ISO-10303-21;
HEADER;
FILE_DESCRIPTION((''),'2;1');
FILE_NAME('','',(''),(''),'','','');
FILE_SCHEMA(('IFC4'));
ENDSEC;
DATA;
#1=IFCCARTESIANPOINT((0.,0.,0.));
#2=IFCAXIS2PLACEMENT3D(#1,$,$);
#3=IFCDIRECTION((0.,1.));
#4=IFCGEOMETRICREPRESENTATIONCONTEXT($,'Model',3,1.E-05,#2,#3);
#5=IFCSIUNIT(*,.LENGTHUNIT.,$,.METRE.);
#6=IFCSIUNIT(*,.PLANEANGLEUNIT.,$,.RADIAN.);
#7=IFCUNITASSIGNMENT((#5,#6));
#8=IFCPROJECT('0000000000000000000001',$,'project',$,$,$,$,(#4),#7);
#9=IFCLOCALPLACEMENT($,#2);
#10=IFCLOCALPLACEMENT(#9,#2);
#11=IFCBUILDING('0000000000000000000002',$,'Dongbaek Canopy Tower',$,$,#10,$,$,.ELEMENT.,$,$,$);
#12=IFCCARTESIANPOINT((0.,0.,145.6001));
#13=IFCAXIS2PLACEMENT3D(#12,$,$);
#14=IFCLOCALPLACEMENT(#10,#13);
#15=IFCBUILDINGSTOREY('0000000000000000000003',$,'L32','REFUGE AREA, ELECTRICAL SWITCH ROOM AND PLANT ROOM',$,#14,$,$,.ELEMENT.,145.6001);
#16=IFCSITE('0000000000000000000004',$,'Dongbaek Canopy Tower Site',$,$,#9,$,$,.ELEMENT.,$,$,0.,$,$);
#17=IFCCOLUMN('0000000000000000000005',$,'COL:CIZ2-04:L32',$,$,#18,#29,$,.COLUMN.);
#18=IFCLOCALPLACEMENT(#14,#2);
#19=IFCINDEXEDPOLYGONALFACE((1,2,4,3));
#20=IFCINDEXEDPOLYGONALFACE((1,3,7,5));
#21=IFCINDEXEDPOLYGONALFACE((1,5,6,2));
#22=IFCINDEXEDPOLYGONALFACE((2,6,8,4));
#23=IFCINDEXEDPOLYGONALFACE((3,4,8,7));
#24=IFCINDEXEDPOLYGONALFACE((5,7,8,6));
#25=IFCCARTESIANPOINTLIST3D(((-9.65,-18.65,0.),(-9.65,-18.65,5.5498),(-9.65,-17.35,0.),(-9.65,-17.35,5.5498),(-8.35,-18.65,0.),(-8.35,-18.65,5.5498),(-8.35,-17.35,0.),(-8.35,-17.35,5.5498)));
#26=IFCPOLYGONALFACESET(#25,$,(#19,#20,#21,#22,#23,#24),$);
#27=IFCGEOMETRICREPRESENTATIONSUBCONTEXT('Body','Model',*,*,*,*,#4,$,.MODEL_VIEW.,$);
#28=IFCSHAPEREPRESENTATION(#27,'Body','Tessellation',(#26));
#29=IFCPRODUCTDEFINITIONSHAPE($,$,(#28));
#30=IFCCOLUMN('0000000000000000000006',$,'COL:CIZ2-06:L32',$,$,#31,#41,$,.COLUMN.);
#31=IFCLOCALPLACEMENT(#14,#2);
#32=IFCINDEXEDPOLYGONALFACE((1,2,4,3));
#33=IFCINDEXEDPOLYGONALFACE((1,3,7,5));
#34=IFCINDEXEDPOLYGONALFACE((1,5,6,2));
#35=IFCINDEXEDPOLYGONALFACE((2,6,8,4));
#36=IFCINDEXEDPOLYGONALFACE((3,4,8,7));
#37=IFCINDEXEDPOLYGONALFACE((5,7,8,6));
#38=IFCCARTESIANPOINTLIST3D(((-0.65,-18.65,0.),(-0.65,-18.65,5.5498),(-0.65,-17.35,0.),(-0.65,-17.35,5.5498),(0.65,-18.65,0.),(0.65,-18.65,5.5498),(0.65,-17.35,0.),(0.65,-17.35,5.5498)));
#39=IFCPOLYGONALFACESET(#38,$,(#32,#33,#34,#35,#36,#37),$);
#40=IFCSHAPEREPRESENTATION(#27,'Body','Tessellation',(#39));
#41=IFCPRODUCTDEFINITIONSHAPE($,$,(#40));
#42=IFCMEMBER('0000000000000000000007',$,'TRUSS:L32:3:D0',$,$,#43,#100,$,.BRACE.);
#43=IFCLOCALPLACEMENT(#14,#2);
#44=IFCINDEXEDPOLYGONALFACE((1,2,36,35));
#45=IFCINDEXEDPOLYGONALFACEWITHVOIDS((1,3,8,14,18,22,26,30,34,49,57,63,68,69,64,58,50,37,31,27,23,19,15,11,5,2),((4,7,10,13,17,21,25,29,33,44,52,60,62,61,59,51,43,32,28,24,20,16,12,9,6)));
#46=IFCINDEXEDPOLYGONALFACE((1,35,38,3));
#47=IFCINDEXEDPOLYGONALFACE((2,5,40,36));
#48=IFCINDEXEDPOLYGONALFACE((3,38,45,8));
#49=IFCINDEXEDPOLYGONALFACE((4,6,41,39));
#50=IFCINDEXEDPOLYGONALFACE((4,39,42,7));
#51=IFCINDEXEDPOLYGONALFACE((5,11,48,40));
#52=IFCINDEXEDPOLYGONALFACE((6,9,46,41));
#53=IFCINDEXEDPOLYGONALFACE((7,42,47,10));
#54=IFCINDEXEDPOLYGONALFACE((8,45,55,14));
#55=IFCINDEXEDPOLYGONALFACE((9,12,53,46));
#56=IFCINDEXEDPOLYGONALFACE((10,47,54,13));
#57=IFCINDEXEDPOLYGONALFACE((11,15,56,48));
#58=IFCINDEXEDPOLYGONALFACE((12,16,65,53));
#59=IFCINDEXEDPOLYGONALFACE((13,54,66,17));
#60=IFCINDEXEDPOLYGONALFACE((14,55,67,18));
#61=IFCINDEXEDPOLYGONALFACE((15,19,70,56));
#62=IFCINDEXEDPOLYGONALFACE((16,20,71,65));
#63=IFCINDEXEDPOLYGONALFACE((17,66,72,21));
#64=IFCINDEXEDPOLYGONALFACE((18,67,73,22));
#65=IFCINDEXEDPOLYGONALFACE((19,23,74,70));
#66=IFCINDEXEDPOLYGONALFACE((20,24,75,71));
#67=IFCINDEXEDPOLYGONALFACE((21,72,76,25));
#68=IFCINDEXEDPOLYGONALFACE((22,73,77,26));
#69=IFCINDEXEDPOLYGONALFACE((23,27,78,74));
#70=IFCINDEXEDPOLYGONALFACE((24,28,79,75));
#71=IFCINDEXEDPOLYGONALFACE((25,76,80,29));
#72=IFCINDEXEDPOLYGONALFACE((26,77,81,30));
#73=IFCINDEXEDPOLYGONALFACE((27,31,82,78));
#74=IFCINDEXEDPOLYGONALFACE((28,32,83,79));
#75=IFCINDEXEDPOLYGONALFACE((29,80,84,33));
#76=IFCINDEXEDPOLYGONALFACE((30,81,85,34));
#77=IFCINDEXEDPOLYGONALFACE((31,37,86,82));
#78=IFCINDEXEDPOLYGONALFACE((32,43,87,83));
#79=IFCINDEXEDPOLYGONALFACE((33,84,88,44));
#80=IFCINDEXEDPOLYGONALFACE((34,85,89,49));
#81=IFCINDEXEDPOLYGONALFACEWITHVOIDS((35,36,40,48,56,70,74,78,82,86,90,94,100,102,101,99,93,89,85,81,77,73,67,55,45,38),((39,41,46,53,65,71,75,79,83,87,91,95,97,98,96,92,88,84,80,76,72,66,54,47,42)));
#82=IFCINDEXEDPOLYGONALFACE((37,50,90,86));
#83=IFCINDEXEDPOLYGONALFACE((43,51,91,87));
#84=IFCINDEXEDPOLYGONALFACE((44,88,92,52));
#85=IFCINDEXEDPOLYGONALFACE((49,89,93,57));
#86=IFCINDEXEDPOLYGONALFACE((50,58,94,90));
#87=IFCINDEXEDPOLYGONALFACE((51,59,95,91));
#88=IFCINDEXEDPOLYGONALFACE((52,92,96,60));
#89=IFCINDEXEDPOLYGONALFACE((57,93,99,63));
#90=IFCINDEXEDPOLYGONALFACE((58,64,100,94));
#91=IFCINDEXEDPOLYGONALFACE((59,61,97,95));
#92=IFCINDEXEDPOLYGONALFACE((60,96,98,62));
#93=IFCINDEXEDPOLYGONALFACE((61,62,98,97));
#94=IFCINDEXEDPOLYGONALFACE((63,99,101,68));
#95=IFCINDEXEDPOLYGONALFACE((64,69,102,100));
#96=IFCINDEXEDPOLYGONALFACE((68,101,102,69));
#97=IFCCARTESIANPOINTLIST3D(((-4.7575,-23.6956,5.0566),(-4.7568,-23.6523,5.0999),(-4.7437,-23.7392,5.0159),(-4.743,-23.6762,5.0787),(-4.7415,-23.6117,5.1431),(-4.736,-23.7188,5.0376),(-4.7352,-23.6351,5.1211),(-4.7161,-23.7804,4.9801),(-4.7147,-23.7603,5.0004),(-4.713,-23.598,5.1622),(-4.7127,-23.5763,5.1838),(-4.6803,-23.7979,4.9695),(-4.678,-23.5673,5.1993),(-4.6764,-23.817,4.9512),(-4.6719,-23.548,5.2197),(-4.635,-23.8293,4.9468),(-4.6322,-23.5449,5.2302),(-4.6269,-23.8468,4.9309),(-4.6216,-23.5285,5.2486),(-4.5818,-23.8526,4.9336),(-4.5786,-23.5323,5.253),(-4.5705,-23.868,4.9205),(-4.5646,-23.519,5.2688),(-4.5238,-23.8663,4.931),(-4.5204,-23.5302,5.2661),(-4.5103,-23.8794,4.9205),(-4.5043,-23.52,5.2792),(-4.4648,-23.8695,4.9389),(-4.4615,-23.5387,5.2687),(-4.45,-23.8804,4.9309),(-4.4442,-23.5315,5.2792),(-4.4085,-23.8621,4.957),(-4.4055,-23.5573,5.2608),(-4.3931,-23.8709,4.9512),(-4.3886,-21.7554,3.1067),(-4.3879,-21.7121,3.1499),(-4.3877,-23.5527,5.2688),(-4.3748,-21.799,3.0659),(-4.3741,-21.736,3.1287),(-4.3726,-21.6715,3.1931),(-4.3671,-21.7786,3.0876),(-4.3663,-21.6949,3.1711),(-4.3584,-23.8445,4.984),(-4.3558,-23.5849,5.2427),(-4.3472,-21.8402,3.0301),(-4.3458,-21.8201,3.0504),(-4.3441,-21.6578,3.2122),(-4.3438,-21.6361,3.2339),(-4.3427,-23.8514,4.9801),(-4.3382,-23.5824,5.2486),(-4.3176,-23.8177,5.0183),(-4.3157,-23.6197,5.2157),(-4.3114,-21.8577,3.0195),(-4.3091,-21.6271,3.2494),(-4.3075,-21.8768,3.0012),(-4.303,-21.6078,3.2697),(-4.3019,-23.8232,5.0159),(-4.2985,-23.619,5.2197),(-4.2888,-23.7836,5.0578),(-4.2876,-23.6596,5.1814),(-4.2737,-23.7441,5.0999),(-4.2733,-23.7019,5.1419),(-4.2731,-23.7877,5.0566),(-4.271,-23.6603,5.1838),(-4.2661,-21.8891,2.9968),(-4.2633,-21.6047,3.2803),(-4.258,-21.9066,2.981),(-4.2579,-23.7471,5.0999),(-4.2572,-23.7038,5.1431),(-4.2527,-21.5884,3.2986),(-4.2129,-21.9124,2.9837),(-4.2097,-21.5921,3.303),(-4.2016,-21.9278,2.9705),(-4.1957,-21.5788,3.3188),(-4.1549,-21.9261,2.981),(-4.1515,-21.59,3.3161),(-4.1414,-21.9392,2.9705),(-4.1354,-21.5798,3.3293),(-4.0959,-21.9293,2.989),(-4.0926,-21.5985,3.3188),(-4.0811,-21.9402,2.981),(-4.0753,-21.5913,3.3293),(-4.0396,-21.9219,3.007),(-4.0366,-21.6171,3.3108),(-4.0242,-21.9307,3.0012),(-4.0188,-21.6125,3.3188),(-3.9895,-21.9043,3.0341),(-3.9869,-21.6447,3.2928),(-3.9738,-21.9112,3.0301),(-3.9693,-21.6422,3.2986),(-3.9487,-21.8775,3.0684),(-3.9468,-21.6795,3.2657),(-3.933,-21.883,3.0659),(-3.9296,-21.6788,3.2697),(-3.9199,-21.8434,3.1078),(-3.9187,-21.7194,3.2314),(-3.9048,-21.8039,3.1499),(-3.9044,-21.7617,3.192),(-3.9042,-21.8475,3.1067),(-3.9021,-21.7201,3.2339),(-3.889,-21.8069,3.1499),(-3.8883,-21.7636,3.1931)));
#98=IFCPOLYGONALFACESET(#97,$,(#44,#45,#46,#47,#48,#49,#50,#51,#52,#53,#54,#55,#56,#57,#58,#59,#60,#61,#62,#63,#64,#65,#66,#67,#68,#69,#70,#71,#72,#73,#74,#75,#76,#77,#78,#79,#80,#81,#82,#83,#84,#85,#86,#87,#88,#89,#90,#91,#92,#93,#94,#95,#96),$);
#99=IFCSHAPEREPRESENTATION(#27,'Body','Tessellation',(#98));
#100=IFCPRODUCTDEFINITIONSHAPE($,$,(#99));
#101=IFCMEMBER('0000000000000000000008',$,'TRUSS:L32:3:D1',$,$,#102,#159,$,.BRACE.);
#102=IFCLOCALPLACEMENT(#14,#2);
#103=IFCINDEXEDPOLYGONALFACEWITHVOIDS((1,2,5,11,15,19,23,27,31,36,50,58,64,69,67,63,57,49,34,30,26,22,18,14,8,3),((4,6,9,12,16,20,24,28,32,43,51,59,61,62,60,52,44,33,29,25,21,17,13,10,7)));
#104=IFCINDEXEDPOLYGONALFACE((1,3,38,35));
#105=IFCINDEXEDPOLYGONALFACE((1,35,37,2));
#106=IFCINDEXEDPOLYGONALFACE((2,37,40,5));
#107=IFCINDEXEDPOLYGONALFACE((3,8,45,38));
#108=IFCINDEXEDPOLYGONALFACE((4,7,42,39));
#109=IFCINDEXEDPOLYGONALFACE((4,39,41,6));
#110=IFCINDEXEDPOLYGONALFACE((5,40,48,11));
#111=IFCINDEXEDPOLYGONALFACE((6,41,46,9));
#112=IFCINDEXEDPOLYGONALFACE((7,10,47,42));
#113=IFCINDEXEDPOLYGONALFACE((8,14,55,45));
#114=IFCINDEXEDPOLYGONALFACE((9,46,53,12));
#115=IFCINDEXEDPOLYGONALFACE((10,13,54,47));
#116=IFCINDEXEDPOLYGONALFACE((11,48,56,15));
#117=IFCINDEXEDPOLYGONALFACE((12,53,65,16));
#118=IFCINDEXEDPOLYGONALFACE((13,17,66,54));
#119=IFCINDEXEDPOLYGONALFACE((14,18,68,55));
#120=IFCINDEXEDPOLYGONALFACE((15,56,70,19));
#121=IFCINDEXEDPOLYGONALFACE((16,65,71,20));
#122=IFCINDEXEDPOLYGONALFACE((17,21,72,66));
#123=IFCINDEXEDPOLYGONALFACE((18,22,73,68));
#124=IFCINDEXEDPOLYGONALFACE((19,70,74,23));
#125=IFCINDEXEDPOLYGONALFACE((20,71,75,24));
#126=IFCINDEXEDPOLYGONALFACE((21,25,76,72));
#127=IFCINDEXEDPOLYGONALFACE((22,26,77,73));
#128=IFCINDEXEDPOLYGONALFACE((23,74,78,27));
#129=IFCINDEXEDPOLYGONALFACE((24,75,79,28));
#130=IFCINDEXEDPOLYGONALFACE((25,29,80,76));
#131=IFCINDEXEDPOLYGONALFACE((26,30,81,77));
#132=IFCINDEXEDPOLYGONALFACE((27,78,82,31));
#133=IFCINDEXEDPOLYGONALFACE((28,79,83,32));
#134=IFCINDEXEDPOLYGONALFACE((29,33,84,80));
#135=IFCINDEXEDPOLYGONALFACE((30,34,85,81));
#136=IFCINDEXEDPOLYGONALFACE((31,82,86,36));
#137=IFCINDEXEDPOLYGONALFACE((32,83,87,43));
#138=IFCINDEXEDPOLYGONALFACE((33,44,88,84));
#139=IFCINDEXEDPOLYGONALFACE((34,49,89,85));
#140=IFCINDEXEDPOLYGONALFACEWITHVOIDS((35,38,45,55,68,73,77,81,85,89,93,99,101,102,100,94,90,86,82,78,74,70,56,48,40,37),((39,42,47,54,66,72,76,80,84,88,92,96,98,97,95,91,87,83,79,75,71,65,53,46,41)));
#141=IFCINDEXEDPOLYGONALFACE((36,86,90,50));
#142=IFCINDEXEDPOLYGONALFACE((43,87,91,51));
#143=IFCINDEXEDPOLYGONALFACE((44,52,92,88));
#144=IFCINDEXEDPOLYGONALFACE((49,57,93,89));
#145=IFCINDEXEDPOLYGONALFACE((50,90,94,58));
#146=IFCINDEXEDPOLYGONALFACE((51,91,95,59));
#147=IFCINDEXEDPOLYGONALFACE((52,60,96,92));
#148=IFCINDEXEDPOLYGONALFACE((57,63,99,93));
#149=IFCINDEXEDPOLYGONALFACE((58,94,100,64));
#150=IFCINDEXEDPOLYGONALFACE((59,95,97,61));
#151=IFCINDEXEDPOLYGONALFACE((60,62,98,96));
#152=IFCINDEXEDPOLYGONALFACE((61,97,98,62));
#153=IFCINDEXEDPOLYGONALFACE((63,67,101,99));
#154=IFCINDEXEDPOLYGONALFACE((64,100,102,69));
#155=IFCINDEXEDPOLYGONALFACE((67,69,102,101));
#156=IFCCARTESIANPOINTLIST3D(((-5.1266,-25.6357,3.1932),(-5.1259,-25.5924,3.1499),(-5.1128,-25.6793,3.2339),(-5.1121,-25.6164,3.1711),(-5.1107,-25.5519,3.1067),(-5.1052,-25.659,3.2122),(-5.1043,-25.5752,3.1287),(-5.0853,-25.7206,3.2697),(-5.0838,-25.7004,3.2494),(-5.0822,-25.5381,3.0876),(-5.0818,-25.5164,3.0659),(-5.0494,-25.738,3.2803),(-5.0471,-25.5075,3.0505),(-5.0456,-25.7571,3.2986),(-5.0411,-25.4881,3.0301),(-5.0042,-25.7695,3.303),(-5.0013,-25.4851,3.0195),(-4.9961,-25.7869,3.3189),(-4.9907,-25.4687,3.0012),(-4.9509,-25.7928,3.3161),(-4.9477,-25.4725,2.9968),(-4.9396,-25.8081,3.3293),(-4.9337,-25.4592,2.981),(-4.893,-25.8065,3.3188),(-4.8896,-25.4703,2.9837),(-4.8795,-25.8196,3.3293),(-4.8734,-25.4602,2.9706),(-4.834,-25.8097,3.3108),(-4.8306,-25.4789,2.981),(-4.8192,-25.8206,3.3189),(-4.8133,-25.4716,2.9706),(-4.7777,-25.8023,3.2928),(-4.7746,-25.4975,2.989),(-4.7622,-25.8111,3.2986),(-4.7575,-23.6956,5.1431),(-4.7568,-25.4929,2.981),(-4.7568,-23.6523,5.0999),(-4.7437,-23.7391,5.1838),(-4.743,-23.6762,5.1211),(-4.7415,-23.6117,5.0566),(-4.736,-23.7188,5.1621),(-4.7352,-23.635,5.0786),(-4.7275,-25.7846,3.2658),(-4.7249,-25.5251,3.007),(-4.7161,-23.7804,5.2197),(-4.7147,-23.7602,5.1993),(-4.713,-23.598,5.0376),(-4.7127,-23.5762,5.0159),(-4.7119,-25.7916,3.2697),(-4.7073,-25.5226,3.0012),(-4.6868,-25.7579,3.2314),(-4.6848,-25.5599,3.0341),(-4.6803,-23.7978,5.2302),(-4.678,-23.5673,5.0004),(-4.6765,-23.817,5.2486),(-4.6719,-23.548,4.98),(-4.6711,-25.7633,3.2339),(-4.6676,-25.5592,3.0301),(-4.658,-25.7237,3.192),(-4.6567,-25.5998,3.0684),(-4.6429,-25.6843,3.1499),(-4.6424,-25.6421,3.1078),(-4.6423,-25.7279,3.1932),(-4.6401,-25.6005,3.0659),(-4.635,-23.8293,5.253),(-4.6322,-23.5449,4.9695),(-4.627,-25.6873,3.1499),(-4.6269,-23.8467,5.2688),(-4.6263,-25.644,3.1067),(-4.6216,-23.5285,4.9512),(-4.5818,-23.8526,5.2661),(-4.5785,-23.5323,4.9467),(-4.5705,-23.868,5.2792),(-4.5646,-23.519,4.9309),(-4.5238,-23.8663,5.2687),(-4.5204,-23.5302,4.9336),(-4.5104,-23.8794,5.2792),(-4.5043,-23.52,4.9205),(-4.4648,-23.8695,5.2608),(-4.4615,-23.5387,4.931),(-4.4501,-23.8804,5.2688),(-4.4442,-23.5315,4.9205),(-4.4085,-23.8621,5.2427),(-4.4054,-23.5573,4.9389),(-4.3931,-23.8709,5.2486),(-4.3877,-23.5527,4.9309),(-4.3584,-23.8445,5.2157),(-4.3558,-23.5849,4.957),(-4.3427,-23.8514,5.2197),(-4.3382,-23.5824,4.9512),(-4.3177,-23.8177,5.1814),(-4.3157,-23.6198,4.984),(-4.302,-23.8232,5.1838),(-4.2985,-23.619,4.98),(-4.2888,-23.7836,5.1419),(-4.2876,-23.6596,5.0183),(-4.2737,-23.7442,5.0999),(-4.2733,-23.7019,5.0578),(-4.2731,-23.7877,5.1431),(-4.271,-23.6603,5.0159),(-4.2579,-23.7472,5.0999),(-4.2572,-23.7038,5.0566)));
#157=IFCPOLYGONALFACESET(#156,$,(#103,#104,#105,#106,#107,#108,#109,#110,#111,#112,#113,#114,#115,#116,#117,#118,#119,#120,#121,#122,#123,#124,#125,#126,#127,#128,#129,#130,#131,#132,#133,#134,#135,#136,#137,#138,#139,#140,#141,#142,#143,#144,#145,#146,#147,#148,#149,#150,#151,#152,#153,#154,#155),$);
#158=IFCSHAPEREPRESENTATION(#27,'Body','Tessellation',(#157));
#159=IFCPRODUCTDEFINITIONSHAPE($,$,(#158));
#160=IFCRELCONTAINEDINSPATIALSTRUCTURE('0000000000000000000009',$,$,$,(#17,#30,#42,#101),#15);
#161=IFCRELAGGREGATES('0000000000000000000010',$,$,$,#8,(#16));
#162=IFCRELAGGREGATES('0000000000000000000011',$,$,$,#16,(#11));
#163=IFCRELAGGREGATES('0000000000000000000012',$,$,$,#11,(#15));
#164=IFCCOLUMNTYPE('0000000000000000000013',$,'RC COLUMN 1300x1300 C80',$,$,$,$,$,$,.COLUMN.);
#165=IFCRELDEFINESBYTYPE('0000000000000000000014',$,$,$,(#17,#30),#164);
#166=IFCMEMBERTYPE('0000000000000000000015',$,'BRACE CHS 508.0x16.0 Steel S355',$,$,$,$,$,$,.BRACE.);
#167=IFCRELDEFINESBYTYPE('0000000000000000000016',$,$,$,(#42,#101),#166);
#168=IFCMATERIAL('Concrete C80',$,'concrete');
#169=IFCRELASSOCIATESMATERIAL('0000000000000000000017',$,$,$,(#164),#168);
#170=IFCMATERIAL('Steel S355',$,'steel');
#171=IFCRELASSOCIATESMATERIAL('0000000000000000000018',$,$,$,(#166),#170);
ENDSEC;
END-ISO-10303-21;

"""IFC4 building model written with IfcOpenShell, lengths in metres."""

from ifc_helpers import new_model, si_unit, direction, frame, origin, origin_2d, place, context, subcontext, project, spatial, rectangle, hollow_circle, extrude, material, material_profile, profile_set, type_object, element, save


model = new_model("IFC4")

# Units and contexts
model_context = context("Model", 3, precision=1e-05, world=origin(), true_north=direction((0.0, 1.0)))
body_context = subcontext(model_context, "Body", "Model", "MODEL_VIEW")
ifc_project = project(units=[si_unit("LENGTHUNIT", "METRE"), si_unit("PLANEANGLEUNIT", "RADIAN")], contexts=[model_context])

# Site, building, storey
site_placement = place(None, origin())
site = spatial("IfcSite", under=ifc_project, at=site_placement, Name="Dongbaek Canopy Tower Site", CompositionType="ELEMENT", RefElevation=0.0)
building_placement = place(site_placement, origin())
building = spatial("IfcBuilding", under=site, at=building_placement, Name="Dongbaek Canopy Tower", CompositionType="ELEMENT")
storey_placement = place(building_placement, frame((0.0, 0.0, 145.6001)))
storey = spatial("IfcBuildingStorey", under=building, at=storey_placement, Name="L32", Description="REFUGE AREA, ELECTRICAL SWITCH ROOM AND PLANT ROOM", CompositionType="ELEMENT", Elevation=145.6001)

# Columns
ifc_material_1 = material(Name="Concrete C80", Category="concrete")
ifc_material_profile_1 = material_profile(ifc_material_1, rectangle(XDim=1.3, YDim=1.3, at=origin_2d()), Name="RC COLUMN 1300x1300 C80")
ifc_profile_set_1 = profile_set([ifc_material_profile_1], Name="Concrete C80")
column_type = type_object("IfcColumnType", Name="RC COLUMN 1300x1300 C80", PredefinedType="COLUMN", material=ifc_profile_set_1)
for number, where, z_axis, x_axis, name in (
    (1, (-9.0, -18.0, 0.0), (0.0, 0.0, 1.0), (1.0, 0.0, 0.0), "COL:CIZ2-04:L32"),
    (2, (0.0, -18.0, 0.0), (0.0, 0.0, 1.0), (1.0, 0.0, 0.0), "COL:CIZ2-06:L32"),
):
    element("IfcColumn", number, at=place(storey_placement, frame(where, z_axis=z_axis, x_axis=x_axis)), inside=storey, type_object=column_type, Name=name, PredefinedType="COLUMN", context=body_context, shape_type="SweptSolid", body=[
        extrude(rectangle(XDim=1.3, YDim=1.3, at=origin_2d()), origin(), (0.0, 0.0, 1.0), 5.5498),
    ])

# Members
ifc_material_2 = material(Name="Steel S355", Category="steel")
ifc_material_profile_2 = material_profile(ifc_material_2, hollow_circle(Radius=0.2539, WallThickness=0.0161, at=origin_2d()), Name="BRACE CHS 508.0x16.0 Steel S355")
ifc_profile_set_2 = profile_set([ifc_material_profile_2], Name="Steel S355")
member_type_1 = type_object("IfcMemberType", Name="BRACE CHS 508.0x16.0 Steel S355", PredefinedType="BRACE", material=ifc_profile_set_2)
for number, where, z_axis, x_axis, name in (
    (3, (-4.1384, -21.7595, 3.1499), (-0.132918, -0.699071, 0.70259), (0.9824, -0.186788, 0.0), "TRUSS:L32:3:D0"),
    (4, (-4.5073, -23.6997, 5.0999), (-0.133004, -0.699063, -0.702582), (0.982377, -0.186908, 0.0), "TRUSS:L32:3:D1"),
):
    element("IfcMember", number, at=place(storey_placement, frame(where, z_axis=z_axis, x_axis=x_axis)), inside=storey, type_object=member_type_1, Name=name, PredefinedType="BRACE", context=body_context, shape_type="SweptSolid", body=[
        extrude(hollow_circle(Radius=0.2539, WallThickness=0.0161, at=origin_2d()), origin(), (0.0, 0.0, 1.0), 2.7754),
    ])

save(model, "model.ifc")
